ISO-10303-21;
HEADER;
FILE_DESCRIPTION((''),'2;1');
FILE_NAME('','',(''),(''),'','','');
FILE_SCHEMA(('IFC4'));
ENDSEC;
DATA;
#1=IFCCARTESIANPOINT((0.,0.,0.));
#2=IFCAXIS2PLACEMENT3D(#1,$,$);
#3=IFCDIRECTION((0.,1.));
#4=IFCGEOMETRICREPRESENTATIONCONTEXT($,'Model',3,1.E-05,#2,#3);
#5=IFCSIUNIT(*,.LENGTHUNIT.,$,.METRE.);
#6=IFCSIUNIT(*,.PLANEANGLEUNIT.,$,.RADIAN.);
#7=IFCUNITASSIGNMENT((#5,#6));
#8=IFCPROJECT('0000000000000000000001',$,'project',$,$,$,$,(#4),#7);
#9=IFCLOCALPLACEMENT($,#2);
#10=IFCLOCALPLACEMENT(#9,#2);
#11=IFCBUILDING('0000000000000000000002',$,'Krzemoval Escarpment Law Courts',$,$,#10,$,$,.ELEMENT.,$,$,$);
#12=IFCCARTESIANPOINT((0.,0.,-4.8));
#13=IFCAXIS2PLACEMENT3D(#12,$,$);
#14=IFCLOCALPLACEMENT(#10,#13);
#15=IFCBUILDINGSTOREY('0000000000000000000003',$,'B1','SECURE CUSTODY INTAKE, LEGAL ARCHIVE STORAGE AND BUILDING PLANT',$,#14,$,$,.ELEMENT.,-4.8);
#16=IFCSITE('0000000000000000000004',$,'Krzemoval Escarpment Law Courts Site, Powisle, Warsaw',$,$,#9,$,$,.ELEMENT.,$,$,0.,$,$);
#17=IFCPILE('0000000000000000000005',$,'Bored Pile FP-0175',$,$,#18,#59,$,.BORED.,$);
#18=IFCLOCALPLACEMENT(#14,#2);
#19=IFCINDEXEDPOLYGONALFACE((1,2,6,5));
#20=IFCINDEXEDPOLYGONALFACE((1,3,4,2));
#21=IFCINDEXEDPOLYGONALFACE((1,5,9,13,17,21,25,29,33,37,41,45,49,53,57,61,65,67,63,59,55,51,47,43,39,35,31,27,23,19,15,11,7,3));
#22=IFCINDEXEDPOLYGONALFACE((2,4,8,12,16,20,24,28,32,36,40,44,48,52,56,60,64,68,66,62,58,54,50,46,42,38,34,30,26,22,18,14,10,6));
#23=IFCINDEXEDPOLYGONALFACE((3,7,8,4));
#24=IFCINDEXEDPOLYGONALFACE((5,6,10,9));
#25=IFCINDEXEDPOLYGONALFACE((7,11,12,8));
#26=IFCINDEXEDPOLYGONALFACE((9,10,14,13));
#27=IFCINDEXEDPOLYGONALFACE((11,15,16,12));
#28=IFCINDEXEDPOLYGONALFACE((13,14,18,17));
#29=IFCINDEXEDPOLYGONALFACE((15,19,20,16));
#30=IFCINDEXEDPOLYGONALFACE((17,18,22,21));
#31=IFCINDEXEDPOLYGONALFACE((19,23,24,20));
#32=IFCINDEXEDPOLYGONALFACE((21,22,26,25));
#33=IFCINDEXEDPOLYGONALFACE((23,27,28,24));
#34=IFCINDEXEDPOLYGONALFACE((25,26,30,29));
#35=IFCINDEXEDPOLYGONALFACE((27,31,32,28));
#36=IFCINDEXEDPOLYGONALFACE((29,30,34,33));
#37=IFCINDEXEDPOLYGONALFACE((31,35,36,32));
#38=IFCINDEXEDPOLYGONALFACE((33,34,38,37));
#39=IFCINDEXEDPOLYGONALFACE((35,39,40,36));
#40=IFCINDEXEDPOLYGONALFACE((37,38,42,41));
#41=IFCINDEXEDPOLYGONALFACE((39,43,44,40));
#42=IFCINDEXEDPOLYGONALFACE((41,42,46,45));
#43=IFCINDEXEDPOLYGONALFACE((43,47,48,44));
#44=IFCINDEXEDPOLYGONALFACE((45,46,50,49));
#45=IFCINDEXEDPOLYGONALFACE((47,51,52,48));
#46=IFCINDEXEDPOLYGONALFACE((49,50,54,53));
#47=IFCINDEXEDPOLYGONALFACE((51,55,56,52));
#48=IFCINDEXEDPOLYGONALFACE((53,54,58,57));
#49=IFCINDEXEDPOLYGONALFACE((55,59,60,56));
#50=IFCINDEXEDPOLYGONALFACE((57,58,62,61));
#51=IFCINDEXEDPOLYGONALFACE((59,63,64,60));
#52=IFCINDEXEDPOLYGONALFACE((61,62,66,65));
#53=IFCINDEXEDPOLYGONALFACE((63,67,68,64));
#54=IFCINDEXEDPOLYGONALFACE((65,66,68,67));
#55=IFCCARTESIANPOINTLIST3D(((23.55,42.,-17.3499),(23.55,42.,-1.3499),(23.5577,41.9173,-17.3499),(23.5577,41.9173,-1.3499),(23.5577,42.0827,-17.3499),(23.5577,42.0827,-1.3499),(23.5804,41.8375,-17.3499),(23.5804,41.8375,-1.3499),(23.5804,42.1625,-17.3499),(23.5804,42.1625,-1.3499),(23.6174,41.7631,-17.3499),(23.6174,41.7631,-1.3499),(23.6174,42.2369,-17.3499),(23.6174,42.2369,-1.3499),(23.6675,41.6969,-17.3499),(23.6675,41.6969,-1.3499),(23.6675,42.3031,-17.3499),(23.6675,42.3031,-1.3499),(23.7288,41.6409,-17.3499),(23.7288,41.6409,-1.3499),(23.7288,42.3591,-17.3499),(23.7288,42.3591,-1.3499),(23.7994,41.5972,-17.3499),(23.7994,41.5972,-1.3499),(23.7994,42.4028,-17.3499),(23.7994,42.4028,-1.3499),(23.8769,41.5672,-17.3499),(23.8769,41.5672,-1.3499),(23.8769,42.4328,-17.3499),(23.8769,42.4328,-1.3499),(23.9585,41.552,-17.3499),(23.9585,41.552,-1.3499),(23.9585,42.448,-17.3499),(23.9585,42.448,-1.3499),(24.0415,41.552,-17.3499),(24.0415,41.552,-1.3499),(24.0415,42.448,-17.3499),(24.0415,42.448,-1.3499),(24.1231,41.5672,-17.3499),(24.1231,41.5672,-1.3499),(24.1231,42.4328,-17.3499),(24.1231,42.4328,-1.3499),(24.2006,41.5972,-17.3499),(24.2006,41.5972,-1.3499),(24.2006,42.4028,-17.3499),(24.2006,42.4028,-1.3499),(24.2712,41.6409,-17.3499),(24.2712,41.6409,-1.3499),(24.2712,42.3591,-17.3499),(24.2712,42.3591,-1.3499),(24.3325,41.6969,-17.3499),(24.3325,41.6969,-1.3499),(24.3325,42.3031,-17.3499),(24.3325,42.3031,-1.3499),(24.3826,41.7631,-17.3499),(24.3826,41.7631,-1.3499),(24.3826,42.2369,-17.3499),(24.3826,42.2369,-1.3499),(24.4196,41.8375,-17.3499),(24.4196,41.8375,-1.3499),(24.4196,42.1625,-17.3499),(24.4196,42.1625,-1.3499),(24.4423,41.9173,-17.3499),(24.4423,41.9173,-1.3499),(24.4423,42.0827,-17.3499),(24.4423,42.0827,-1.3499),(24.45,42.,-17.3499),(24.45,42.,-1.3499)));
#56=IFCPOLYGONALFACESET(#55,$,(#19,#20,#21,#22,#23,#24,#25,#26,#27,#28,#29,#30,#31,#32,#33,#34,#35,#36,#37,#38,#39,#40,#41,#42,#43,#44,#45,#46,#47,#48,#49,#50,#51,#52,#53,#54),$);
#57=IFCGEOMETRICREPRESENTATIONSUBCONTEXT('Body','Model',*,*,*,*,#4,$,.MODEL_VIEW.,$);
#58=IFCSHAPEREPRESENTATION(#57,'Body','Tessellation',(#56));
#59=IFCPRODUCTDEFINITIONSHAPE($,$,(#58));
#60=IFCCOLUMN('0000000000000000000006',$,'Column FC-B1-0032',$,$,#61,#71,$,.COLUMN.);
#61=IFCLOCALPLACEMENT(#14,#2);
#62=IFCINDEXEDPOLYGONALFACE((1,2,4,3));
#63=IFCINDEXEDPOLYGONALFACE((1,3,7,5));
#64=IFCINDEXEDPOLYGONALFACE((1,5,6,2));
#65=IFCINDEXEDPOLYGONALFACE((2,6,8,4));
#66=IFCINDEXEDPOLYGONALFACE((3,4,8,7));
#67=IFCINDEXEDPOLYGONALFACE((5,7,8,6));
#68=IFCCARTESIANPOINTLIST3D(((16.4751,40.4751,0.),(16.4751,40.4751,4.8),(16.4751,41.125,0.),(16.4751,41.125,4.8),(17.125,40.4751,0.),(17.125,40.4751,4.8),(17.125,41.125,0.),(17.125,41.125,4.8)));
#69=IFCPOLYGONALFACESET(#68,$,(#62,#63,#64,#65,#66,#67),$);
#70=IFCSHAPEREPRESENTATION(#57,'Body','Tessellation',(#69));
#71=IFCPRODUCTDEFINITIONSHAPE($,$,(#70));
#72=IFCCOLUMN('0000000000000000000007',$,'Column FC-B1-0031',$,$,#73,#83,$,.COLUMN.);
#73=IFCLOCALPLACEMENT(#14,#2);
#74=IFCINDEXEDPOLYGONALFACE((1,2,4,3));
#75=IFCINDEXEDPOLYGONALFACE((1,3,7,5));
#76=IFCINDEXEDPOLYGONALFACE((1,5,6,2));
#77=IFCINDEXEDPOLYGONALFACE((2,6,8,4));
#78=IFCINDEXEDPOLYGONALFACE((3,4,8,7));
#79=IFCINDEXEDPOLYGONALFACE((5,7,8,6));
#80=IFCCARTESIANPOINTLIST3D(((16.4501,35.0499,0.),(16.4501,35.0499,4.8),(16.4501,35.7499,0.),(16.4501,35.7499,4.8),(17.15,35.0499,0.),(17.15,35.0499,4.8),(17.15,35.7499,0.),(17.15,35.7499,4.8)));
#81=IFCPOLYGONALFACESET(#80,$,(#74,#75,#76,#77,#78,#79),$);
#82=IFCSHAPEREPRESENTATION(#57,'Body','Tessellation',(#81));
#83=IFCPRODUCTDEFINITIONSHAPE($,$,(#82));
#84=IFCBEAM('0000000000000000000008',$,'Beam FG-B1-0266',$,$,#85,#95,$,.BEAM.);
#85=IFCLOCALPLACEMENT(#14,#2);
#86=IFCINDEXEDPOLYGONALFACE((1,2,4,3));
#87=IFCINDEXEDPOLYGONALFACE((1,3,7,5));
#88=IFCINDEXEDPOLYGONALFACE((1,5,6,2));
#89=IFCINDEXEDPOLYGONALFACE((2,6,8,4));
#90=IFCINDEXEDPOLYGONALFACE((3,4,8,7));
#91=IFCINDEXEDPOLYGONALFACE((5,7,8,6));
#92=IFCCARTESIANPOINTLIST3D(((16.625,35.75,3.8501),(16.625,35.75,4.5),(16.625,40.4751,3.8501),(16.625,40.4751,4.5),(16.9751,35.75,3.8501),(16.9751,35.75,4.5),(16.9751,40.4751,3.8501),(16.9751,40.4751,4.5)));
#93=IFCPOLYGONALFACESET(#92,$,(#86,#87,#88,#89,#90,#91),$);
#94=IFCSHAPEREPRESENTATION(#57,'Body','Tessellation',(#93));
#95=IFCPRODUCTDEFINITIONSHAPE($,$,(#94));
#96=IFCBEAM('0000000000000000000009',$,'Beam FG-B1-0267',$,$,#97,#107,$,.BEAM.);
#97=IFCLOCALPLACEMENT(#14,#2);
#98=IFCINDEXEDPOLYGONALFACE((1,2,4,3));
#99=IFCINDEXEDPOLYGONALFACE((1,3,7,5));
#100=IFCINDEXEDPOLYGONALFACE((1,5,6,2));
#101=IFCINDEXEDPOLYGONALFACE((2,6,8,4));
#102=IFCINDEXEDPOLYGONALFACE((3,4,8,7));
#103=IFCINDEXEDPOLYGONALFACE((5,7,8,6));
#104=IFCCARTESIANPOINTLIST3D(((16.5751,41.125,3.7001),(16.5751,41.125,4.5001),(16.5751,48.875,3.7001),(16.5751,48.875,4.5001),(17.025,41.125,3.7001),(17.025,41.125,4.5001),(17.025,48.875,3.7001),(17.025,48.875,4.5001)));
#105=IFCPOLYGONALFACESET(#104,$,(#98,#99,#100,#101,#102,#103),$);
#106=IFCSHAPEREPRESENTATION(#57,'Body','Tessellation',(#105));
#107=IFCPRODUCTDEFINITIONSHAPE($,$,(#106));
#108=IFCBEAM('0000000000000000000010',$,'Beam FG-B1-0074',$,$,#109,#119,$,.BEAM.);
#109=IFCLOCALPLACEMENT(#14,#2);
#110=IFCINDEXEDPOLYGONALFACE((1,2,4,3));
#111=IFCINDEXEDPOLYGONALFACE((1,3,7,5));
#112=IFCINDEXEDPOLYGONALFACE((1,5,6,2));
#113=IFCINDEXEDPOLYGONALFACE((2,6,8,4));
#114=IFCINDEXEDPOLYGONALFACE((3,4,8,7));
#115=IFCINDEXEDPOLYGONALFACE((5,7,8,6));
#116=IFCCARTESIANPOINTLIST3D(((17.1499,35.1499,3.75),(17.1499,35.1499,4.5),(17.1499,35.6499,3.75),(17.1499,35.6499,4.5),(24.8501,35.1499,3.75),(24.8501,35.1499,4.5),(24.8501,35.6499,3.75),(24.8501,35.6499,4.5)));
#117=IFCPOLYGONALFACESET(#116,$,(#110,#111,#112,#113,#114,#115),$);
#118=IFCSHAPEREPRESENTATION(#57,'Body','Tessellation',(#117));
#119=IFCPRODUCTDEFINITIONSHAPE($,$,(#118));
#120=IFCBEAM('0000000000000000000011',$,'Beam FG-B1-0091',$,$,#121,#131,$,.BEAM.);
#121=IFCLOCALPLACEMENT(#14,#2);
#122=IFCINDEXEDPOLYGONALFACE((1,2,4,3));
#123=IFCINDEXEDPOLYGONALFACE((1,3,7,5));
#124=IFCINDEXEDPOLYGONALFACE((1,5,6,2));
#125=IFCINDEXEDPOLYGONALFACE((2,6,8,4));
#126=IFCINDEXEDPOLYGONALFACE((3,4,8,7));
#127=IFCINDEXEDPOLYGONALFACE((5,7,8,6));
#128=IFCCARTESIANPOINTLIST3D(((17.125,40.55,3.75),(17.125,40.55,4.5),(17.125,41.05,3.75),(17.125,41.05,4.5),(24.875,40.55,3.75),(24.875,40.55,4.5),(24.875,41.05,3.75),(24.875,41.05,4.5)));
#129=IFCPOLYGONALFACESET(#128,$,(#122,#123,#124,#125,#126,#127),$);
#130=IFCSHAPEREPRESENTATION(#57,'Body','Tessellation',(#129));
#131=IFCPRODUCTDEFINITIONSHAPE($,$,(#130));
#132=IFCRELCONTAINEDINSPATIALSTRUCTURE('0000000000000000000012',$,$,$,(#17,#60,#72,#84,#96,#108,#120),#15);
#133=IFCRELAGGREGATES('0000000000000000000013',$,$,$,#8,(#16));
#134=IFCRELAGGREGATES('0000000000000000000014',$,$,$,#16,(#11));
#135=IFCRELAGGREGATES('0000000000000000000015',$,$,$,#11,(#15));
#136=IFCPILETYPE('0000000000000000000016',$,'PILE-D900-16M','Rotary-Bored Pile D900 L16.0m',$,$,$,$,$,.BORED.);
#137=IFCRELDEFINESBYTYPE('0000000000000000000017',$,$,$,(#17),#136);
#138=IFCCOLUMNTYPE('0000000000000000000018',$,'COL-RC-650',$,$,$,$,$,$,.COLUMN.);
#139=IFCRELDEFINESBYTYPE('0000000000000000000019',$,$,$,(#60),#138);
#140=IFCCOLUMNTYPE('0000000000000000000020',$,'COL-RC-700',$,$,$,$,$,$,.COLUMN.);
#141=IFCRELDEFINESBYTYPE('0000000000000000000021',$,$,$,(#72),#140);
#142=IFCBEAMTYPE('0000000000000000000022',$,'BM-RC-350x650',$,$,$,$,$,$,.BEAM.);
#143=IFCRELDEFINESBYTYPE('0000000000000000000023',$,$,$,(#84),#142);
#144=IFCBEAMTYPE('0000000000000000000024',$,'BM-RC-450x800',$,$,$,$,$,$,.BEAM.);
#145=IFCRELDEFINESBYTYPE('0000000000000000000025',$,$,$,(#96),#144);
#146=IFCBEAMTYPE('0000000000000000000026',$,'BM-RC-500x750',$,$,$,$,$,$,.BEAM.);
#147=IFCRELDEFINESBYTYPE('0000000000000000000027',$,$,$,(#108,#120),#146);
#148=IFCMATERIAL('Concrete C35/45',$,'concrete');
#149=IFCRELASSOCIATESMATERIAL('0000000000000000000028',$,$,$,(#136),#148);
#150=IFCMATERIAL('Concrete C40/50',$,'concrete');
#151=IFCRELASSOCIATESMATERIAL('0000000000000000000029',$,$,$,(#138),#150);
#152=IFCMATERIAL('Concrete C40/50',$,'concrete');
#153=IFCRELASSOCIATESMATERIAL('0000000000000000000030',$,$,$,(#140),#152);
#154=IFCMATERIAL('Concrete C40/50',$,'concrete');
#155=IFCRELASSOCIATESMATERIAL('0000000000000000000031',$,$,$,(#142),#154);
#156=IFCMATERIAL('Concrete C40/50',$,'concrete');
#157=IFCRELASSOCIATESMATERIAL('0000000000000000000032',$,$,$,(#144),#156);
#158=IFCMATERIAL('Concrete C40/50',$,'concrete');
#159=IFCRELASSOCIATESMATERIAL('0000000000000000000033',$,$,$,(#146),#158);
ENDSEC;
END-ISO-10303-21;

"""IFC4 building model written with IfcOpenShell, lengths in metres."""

from ifc_helpers import new_model, si_unit, direction, frame, origin, origin_2d, place, context, subcontext, project, spatial, rectangle, circle, extrude, material, material_profile, profile_set, type_object, element, save


model = new_model("IFC4")

# Units and contexts
model_context = context("Model", 3, precision=1e-05, world=origin(), true_north=direction((0.0, 1.0)))
body_context = subcontext(model_context, "Body", "Model", "MODEL_VIEW")
ifc_project = project(units=[si_unit("LENGTHUNIT", "METRE"), si_unit("PLANEANGLEUNIT", "RADIAN")], contexts=[model_context])

# Site, building, storey
site_placement = place(None, origin())
site = spatial("IfcSite", under=ifc_project, at=site_placement, Name="Krzemoval Escarpment Law Courts Site, Powisle, Warsaw", CompositionType="ELEMENT", RefElevation=0.0)
building_placement = place(site_placement, origin())
building = spatial("IfcBuilding", under=site, at=building_placement, Name="Krzemoval Escarpment Law Courts", CompositionType="ELEMENT")
storey_placement = place(building_placement, frame((0.0, 0.0, -4.8)))
storey = spatial("IfcBuildingStorey", under=building, at=storey_placement, Name="B1", Description="SECURE CUSTODY INTAKE, LEGAL ARCHIVE STORAGE AND BUILDING PLANT", CompositionType="ELEMENT", Elevation=-4.8)

# Pile
ifc_material_1 = material(Name="Concrete C35/45", Category="concrete")
ifc_material_profile_1 = material_profile(ifc_material_1, circle(Radius=0.45, at=origin_2d()), Name="PILE D900")
ifc_profile_set_1 = profile_set([ifc_material_profile_1], Name="Concrete C35/45")
pile_type_1 = type_object("IfcPileType", Name="PILE-D900-16M", Description="Rotary-Bored Pile D900 L16.0m", PredefinedType="BORED", material=ifc_profile_set_1)
for number, where, z_axis, x_axis, name in (
    (1, (24.0, 42.0, -1.3499), (0.0, 0.0, -1.0), (1.0, 0.0, 0.0), "Bored Pile FP-0175"),
):
    element("IfcPile", number, at=place(storey_placement, frame(where, z_axis=z_axis, x_axis=x_axis)), inside=storey, type_object=pile_type_1, Name=name, PredefinedType="BORED", context=body_context, shape_type="SweptSolid", body=[
        extrude(circle(Radius=0.45, at=origin_2d()), origin(), (0.0, 0.0, 1.0), 16.0),
    ])

# Columns
ifc_material_2 = material(Name="Concrete C40/50", Category="concrete")
ifc_material_profile_2 = material_profile(ifc_material_2, rectangle(XDim=0.6499, YDim=0.6499, at=origin_2d()), Name="RC 650x650")
ifc_profile_set_2 = profile_set([ifc_material_profile_2], Name="Concrete C40/50")
column_type_1 = type_object("IfcColumnType", Name="COL-RC-650", PredefinedType="COLUMN", material=ifc_profile_set_2)
column_1_placement = place(storey_placement, frame((16.8, 40.8, 0.0), z_axis=(0.0, 0.0, 1.0), x_axis=(1.0, 0.0, 0.0)))
element("IfcColumn", 2, at=column_1_placement, inside=storey, type_object=column_type_1, Name="Column FC-B1-0032", PredefinedType="COLUMN", context=body_context, shape_type="SweptSolid", body=[
    extrude(rectangle(XDim=0.6499, YDim=0.6499, at=origin_2d()), origin(), (0.0, 0.0, 1.0), 4.8),
])
ifc_material_3 = material(Name="Concrete C40/50", Category="concrete")
ifc_material_profile_3 = material_profile(ifc_material_3, rectangle(XDim=0.7, YDim=0.7, at=origin_2d()), Name="RC 700x700")
ifc_profile_set_3 = profile_set([ifc_material_profile_3], Name="Concrete C40/50")
column_type_2 = type_object("IfcColumnType", Name="COL-RC-700", PredefinedType="COLUMN", material=ifc_profile_set_3)
column_2_placement = place(storey_placement, frame((16.8, 35.3999, 0.0), z_axis=(0.0, 0.0, 1.0), x_axis=(1.0, 0.0, 0.0)))
element("IfcColumn", 3, at=column_2_placement, inside=storey, type_object=column_type_2, Name="Column FC-B1-0031", PredefinedType="COLUMN", context=body_context, shape_type="SweptSolid", body=[
    extrude(rectangle(XDim=0.7, YDim=0.7, at=origin_2d()), origin(), (0.0, 0.0, 1.0), 4.8),
])

# Beams
ifc_material_4 = material(Name="Concrete C40/50", Category="concrete")
ifc_material_profile_4 = material_profile(ifc_material_4, rectangle(XDim=0.3501, YDim=0.6499, at=origin_2d()), Name="RCB 350x650")
ifc_profile_set_4 = profile_set([ifc_material_profile_4], Name="Concrete C40/50")
beam_type_1 = type_object("IfcBeamType", Name="BM-RC-350x650", PredefinedType="BEAM", material=ifc_profile_set_4)
beam_1_placement = place(storey_placement, frame((16.8, 35.75, 4.175), z_axis=(0.0, 1.0, 0.0), x_axis=(-1.0, 0.0, 0.0)))
element("IfcBeam", 4, at=beam_1_placement, inside=storey, type_object=beam_type_1, Name="Beam FG-B1-0266", PredefinedType="BEAM", context=body_context, shape_type="SweptSolid", body=[
    extrude(rectangle(XDim=0.3501, YDim=0.6499, at=origin_2d()), origin(), (0.0, 0.0, 1.0), 4.7251),
])
ifc_material_5 = material(Name="Concrete C40/50", Category="concrete")
ifc_material_profile_5 = material_profile(ifc_material_5, rectangle(XDim=0.45, YDim=0.8, at=origin_2d()), Name="RCB 450x800")
ifc_profile_set_5 = profile_set([ifc_material_profile_5], Name="Concrete C40/50")
beam_type_2 = type_object("IfcBeamType", Name="BM-RC-450x800", PredefinedType="BEAM", material=ifc_profile_set_5)
beam_2_placement = place(storey_placement, frame((16.8, 41.125, 4.1001), z_axis=(0.0, 1.0, 0.0), x_axis=(-1.0, 0.0, 0.0)))
element("IfcBeam", 5, at=beam_2_placement, inside=storey, type_object=beam_type_2, Name="Beam FG-B1-0267", PredefinedType="BEAM", context=body_context, shape_type="SweptSolid", body=[
    extrude(rectangle(XDim=0.45, YDim=0.8, at=origin_2d()), origin(), (0.0, 0.0, 1.0), 7.75),
])
ifc_material_6 = material(Name="Concrete C40/50", Category="concrete")
ifc_material_profile_6 = material_profile(ifc_material_6, rectangle(XDim=0.5, YDim=0.75, at=origin_2d()), Name="RCB 500x750")
ifc_profile_set_6 = profile_set([ifc_material_profile_6], Name="Concrete C40/50")
beam_type_3 = type_object("IfcBeamType", Name="BM-RC-500x750", PredefinedType="BEAM", material=ifc_profile_set_6)
beam_3_placement = place(storey_placement, frame((17.1499, 35.3999, 4.125), z_axis=(1.0, 0.0, 0.0), x_axis=(0.0, 1.0, 0.0)))
element("IfcBeam", 6, at=beam_3_placement, inside=storey, type_object=beam_type_3, Name="Beam FG-B1-0074", PredefinedType="BEAM", context=body_context, shape_type="SweptSolid", body=[
    extrude(rectangle(XDim=0.5, YDim=0.75, at=origin_2d()), origin(), (0.0, 0.0, 1.0), 7.7002),
])
beam_4_placement = place(storey_placement, frame((17.125, 40.8, 4.125), z_axis=(1.0, 0.0, 0.0), x_axis=(0.0, 1.0, 0.0)))
element("IfcBeam", 7, at=beam_4_placement, inside=storey, type_object=beam_type_3, Name="Beam FG-B1-0091", PredefinedType="BEAM", context=body_context, shape_type="SweptSolid", body=[
    extrude(rectangle(XDim=0.5, YDim=0.75, at=origin_2d()), origin(), (0.0, 0.0, 1.0), 7.75),
])

save(model, "model.ifc")
